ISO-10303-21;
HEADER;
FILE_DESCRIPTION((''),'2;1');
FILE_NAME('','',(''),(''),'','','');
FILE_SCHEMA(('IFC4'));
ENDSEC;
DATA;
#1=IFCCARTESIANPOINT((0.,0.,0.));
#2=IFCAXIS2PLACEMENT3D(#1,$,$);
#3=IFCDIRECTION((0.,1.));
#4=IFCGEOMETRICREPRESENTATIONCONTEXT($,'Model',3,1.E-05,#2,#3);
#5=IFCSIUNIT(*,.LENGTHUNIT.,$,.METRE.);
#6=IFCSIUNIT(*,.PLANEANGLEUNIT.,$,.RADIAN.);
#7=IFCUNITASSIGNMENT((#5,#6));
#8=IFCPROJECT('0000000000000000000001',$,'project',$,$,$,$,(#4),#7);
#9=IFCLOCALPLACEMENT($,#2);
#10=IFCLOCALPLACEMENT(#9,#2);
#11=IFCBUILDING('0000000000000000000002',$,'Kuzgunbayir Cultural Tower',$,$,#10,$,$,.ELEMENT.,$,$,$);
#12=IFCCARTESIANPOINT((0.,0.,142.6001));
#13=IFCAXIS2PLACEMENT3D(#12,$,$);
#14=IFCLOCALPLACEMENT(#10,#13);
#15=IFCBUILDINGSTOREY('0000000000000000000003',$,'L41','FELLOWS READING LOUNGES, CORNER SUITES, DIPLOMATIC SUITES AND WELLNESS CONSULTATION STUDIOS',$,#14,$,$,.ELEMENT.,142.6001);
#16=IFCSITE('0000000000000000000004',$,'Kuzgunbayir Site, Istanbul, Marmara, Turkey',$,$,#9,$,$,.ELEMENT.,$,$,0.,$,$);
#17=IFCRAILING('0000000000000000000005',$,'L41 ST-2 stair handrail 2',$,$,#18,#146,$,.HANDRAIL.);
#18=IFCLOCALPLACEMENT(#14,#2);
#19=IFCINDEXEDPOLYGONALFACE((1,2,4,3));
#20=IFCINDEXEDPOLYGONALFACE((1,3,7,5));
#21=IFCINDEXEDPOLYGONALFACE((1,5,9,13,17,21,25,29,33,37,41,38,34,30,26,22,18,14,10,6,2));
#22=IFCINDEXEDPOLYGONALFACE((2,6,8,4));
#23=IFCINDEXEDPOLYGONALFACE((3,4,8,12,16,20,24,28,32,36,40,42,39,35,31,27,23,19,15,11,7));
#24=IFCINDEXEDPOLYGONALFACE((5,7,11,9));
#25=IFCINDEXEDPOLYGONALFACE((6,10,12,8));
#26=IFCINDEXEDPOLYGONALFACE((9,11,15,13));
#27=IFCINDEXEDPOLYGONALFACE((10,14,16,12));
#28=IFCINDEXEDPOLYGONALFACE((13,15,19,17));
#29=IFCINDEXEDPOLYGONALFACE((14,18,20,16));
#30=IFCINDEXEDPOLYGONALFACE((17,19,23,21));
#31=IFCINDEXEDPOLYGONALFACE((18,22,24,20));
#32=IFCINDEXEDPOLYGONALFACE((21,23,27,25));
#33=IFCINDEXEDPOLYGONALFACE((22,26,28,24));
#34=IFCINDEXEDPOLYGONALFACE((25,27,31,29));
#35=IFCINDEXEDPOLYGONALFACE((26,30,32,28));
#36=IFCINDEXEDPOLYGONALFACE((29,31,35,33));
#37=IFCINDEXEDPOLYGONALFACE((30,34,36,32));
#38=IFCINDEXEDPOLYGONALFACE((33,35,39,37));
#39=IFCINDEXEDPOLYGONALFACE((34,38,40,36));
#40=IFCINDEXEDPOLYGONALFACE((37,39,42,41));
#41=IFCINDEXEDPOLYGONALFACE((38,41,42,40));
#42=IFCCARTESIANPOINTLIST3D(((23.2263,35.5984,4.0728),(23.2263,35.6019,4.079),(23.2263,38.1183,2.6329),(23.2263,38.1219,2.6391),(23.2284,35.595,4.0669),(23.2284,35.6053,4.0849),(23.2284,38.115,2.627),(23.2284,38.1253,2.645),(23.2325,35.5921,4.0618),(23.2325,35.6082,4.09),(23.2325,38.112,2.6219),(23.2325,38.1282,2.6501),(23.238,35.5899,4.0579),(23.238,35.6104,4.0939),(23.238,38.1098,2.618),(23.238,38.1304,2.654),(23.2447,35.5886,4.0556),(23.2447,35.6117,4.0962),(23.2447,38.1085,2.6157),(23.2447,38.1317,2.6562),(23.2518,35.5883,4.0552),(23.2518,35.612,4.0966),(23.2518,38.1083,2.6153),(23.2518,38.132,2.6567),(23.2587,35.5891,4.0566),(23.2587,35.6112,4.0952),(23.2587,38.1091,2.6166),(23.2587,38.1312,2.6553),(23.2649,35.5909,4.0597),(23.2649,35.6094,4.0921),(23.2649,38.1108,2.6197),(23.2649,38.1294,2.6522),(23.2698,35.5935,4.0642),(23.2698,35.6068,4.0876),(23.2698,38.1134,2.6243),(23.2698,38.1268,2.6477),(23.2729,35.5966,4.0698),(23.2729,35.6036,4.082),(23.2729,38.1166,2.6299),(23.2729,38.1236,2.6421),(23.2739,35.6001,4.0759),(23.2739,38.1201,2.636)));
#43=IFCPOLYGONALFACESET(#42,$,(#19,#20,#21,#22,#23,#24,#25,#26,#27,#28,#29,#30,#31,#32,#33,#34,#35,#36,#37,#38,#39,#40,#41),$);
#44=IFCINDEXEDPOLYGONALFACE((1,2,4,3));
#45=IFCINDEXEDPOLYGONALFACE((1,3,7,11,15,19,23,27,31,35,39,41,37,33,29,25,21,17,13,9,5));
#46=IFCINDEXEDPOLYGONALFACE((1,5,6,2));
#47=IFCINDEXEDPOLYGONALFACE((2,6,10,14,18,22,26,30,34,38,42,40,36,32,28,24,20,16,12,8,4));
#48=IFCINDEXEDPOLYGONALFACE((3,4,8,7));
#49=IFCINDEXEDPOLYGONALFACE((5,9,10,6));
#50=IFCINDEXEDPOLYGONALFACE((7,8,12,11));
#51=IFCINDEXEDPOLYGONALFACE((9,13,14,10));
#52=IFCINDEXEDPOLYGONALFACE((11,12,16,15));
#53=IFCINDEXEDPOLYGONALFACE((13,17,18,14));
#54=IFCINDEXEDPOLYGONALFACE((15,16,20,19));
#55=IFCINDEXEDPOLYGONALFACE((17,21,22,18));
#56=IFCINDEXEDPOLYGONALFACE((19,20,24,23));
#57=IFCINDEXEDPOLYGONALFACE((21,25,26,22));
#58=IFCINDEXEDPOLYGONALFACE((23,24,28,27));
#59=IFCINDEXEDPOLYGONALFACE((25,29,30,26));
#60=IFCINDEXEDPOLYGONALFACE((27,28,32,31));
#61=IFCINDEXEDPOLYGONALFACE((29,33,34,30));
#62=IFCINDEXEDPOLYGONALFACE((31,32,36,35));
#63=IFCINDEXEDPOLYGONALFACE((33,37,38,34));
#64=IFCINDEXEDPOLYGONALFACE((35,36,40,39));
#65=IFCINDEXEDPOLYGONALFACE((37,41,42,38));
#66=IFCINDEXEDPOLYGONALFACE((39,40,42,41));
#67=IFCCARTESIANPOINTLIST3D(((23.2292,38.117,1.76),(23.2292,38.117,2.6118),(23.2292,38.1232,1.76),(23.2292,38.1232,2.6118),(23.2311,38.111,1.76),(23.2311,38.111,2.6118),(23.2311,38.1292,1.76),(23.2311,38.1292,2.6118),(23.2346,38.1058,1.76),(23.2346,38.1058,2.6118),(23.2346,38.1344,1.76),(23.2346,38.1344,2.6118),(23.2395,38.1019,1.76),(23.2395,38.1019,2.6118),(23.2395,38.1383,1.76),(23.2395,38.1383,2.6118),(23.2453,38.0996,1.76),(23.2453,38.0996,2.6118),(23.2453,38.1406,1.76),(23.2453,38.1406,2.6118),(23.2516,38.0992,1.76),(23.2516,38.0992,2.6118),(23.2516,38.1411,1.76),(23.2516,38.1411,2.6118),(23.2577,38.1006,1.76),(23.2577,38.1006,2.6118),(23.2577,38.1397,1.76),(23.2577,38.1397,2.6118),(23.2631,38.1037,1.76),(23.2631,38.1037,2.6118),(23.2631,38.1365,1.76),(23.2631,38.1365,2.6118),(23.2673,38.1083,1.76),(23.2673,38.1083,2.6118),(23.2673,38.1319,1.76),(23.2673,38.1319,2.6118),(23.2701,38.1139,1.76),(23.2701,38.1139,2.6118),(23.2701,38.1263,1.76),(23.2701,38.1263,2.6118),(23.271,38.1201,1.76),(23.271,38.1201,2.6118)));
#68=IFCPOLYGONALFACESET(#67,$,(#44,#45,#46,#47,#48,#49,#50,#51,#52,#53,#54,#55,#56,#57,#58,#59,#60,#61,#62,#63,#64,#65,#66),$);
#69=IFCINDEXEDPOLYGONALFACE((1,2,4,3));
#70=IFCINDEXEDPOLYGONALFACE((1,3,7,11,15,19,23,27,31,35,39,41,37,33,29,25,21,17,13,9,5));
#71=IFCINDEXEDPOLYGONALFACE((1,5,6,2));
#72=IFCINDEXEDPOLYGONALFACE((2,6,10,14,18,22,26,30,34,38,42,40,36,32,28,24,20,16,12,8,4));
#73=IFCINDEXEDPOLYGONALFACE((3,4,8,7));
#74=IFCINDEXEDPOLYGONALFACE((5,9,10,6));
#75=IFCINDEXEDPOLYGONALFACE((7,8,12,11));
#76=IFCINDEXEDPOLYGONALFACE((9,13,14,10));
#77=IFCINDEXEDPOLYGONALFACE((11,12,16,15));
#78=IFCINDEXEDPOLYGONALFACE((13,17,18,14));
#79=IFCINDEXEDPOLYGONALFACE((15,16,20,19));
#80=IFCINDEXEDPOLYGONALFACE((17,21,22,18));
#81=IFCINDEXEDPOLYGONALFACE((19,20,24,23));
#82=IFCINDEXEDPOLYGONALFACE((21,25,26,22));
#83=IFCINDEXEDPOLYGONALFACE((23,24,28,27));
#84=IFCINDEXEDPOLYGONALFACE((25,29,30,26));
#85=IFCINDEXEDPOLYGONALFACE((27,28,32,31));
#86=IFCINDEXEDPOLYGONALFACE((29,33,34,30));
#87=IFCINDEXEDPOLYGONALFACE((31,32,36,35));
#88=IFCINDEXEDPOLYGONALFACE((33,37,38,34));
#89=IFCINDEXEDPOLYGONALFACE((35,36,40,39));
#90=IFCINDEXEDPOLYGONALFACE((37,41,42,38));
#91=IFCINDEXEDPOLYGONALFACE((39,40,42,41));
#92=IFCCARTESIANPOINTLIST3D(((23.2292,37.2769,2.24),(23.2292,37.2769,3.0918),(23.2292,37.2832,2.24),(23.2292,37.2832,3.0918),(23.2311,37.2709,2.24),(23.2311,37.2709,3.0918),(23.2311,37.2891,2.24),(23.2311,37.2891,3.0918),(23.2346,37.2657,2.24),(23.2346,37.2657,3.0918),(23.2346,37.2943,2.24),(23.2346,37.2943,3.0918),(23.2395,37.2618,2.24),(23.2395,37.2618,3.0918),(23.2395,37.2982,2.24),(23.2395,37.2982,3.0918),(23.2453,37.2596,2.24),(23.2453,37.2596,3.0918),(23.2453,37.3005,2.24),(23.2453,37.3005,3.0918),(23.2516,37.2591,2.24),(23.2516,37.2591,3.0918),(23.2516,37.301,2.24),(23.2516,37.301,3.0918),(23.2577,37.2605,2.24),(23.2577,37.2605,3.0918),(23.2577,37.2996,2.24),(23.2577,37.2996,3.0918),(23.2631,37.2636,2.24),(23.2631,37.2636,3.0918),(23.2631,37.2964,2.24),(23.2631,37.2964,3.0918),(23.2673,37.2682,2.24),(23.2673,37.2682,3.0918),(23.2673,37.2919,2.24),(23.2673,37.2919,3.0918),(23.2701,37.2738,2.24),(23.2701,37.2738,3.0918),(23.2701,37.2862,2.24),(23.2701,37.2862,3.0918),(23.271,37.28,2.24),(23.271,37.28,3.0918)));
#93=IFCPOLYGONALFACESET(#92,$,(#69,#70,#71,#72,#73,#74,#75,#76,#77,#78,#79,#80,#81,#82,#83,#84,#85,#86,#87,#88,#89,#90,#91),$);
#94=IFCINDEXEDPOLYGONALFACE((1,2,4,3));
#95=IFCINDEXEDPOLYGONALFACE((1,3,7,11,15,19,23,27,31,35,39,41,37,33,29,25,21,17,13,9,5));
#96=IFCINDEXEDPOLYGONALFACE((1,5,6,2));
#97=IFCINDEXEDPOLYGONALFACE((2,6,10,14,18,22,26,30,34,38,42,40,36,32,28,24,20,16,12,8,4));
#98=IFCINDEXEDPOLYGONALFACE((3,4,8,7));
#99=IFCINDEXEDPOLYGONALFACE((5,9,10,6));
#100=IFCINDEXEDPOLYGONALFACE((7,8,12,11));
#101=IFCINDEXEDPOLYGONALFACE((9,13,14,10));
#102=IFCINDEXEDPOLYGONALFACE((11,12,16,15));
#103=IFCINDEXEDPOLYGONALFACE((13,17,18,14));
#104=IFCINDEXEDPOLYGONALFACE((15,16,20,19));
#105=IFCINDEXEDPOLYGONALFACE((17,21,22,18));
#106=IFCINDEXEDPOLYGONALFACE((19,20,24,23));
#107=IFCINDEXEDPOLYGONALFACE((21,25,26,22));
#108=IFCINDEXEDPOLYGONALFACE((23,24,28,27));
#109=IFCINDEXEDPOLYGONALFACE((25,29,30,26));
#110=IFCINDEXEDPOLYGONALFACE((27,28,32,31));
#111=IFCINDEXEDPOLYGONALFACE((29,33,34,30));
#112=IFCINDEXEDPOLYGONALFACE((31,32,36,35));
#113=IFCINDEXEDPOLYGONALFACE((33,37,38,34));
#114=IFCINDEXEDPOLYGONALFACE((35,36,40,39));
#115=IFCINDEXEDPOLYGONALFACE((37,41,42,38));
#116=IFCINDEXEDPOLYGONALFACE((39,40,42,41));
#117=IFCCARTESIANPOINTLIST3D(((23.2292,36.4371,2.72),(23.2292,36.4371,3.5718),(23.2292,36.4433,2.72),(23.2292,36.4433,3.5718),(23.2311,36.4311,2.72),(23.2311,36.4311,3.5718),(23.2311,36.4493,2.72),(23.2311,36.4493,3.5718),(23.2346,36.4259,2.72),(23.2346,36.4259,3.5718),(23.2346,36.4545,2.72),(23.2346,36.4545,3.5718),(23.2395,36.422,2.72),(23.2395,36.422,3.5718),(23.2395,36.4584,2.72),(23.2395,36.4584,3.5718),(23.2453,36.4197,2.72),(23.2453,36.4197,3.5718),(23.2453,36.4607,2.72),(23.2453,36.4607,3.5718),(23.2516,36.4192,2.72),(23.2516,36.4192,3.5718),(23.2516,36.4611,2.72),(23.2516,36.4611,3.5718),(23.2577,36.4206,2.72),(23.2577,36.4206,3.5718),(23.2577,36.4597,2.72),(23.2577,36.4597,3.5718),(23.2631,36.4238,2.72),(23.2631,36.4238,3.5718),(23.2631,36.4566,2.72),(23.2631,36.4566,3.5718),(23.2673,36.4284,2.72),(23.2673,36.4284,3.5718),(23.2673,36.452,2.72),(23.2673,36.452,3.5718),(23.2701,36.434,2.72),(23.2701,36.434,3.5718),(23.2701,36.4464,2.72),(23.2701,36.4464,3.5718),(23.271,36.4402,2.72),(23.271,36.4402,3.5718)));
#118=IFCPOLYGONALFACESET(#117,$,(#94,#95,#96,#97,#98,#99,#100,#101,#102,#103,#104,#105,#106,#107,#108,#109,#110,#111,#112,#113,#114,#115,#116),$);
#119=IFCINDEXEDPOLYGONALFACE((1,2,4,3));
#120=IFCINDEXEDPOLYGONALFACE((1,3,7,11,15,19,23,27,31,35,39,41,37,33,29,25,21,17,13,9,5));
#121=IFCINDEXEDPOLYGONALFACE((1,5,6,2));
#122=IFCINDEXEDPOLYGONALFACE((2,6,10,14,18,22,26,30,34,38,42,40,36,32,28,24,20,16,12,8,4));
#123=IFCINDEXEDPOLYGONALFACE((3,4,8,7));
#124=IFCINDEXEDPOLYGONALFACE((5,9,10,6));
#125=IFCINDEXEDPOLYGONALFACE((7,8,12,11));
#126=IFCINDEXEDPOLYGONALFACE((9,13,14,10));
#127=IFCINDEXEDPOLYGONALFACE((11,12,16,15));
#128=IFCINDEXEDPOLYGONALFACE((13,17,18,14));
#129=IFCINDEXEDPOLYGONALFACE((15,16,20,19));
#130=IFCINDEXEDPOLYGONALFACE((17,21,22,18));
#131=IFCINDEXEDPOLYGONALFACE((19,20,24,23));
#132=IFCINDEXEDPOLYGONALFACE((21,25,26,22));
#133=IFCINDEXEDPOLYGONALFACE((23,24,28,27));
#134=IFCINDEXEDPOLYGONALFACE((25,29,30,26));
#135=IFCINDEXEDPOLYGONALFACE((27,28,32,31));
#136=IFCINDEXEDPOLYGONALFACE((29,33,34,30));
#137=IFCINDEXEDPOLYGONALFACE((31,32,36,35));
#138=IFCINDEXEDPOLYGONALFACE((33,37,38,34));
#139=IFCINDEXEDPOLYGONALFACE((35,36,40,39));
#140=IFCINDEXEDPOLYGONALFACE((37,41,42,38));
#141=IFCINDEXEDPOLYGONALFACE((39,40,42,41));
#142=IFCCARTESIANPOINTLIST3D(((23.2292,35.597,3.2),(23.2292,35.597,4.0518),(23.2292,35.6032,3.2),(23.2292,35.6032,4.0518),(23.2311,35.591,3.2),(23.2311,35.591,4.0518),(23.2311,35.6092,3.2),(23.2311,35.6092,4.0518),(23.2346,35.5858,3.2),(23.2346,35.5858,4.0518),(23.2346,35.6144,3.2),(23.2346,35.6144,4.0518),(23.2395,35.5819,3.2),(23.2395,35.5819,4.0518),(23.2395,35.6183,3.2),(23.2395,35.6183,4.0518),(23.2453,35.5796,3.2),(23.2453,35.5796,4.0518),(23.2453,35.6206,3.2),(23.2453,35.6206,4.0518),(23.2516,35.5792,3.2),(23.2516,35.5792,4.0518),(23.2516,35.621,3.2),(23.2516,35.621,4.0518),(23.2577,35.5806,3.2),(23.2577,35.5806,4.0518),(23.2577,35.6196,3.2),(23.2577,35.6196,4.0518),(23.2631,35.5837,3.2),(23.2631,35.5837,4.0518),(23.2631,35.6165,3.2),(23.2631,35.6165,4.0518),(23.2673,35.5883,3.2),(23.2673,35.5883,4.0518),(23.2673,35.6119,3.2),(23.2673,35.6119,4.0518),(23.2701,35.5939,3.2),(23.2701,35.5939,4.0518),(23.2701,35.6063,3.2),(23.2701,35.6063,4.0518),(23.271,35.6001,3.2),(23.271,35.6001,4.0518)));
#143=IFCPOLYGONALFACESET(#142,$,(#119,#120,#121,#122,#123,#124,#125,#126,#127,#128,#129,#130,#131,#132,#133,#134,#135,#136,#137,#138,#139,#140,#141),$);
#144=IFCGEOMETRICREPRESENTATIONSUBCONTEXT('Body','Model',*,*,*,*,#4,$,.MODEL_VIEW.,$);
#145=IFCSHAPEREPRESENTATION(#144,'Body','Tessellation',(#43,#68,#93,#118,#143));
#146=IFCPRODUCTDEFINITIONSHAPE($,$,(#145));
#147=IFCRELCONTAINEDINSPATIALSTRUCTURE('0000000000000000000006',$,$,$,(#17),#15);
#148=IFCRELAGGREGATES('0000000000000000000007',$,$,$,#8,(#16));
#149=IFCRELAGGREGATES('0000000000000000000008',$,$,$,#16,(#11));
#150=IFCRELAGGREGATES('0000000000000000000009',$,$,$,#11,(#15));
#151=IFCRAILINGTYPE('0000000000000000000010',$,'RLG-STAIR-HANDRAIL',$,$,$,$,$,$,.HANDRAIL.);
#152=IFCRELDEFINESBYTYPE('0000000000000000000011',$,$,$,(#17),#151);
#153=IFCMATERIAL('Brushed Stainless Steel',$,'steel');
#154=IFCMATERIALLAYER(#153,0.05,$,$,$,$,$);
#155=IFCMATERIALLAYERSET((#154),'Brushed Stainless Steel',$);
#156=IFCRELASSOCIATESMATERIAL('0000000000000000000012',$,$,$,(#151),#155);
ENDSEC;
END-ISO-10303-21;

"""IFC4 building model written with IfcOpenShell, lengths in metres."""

from ifc_helpers import new_model, si_unit, direction, frame, origin, origin_2d, place, context, subcontext, project, spatial, circle, extrude, material, layer, layer_set, type_object, element, save


model = new_model("IFC4")

# Units and contexts
model_context = context("Model", 3, precision=1e-05, world=origin(), true_north=direction((0.0, 1.0)))
body_context = subcontext(model_context, "Body", "Model", "MODEL_VIEW")
ifc_project = project(units=[si_unit("LENGTHUNIT", "METRE"), si_unit("PLANEANGLEUNIT", "RADIAN")], contexts=[model_context])

# Site, building, storey
site_placement = place(None, origin())
site = spatial("IfcSite", under=ifc_project, at=site_placement, Name="Kuzgunbayir Site, Istanbul, Marmara, Turkey", CompositionType="ELEMENT", RefElevation=0.0)
building_placement = place(site_placement, origin())
building = spatial("IfcBuilding", under=site, at=building_placement, Name="Kuzgunbayir Cultural Tower", CompositionType="ELEMENT")
storey_placement = place(building_placement, frame((0.0, 0.0, 142.6001)))
storey = spatial("IfcBuildingStorey", under=building, at=storey_placement, Name="L41", Description="FELLOWS READING LOUNGES, CORNER SUITES, DIPLOMATIC SUITES AND WELLNESS CONSULTATION STUDIOS", CompositionType="ELEMENT", Elevation=142.6001)

# Shared definitions
ifc_material_1 = material(Name="Brushed Stainless Steel", Category="steel")

# Railing
ifc_layer_1 = layer(ifc_material_1, 0.05)
ifc_layer_set_1 = layer_set([ifc_layer_1], Name="Brushed Stainless Steel")
railing_type_1 = type_object("IfcRailingType", Name="RLG-STAIR-HANDRAIL", PredefinedType="HANDRAIL", material=ifc_layer_set_1)
railing_1_placement = place(storey_placement, frame((23.25, 38.1201, 1.76)))
element("IfcRailing", 1, at=railing_1_placement, inside=storey, type_object=railing_type_1, Name="L41 ST-2 stair handrail 2", PredefinedType="HANDRAIL", context=body_context, shape_type="SweptSolid", body=[
    extrude(circle(Radius=0.0239, at=origin_2d()), frame((0.0, 0.0, 0.876), z_axis=(0.0, -0.868253, 0.496121), x_axis=(1.0, 0.0, 0.0)), (0.0, 0.0, 1.0), 2.9023),
    extrude(circle(Radius=0.021, at=origin_2d()), origin(), (0.0, 0.0, 1.0), 0.8518),
    extrude(circle(Radius=0.021, at=origin_2d()), frame((0.0, -0.8401, 0.48)), (0.0, 0.0, 1.0), 0.8518),
    extrude(circle(Radius=0.021, at=origin_2d()), frame((0.0, -1.6799, 0.96)), (0.0, 0.0, 1.0), 0.8518),
    extrude(circle(Radius=0.021, at=origin_2d()), frame((0.0, -2.52, 1.4399)), (0.0, 0.0, 1.0), 0.8518),
])

save(model, "model.ifc")
